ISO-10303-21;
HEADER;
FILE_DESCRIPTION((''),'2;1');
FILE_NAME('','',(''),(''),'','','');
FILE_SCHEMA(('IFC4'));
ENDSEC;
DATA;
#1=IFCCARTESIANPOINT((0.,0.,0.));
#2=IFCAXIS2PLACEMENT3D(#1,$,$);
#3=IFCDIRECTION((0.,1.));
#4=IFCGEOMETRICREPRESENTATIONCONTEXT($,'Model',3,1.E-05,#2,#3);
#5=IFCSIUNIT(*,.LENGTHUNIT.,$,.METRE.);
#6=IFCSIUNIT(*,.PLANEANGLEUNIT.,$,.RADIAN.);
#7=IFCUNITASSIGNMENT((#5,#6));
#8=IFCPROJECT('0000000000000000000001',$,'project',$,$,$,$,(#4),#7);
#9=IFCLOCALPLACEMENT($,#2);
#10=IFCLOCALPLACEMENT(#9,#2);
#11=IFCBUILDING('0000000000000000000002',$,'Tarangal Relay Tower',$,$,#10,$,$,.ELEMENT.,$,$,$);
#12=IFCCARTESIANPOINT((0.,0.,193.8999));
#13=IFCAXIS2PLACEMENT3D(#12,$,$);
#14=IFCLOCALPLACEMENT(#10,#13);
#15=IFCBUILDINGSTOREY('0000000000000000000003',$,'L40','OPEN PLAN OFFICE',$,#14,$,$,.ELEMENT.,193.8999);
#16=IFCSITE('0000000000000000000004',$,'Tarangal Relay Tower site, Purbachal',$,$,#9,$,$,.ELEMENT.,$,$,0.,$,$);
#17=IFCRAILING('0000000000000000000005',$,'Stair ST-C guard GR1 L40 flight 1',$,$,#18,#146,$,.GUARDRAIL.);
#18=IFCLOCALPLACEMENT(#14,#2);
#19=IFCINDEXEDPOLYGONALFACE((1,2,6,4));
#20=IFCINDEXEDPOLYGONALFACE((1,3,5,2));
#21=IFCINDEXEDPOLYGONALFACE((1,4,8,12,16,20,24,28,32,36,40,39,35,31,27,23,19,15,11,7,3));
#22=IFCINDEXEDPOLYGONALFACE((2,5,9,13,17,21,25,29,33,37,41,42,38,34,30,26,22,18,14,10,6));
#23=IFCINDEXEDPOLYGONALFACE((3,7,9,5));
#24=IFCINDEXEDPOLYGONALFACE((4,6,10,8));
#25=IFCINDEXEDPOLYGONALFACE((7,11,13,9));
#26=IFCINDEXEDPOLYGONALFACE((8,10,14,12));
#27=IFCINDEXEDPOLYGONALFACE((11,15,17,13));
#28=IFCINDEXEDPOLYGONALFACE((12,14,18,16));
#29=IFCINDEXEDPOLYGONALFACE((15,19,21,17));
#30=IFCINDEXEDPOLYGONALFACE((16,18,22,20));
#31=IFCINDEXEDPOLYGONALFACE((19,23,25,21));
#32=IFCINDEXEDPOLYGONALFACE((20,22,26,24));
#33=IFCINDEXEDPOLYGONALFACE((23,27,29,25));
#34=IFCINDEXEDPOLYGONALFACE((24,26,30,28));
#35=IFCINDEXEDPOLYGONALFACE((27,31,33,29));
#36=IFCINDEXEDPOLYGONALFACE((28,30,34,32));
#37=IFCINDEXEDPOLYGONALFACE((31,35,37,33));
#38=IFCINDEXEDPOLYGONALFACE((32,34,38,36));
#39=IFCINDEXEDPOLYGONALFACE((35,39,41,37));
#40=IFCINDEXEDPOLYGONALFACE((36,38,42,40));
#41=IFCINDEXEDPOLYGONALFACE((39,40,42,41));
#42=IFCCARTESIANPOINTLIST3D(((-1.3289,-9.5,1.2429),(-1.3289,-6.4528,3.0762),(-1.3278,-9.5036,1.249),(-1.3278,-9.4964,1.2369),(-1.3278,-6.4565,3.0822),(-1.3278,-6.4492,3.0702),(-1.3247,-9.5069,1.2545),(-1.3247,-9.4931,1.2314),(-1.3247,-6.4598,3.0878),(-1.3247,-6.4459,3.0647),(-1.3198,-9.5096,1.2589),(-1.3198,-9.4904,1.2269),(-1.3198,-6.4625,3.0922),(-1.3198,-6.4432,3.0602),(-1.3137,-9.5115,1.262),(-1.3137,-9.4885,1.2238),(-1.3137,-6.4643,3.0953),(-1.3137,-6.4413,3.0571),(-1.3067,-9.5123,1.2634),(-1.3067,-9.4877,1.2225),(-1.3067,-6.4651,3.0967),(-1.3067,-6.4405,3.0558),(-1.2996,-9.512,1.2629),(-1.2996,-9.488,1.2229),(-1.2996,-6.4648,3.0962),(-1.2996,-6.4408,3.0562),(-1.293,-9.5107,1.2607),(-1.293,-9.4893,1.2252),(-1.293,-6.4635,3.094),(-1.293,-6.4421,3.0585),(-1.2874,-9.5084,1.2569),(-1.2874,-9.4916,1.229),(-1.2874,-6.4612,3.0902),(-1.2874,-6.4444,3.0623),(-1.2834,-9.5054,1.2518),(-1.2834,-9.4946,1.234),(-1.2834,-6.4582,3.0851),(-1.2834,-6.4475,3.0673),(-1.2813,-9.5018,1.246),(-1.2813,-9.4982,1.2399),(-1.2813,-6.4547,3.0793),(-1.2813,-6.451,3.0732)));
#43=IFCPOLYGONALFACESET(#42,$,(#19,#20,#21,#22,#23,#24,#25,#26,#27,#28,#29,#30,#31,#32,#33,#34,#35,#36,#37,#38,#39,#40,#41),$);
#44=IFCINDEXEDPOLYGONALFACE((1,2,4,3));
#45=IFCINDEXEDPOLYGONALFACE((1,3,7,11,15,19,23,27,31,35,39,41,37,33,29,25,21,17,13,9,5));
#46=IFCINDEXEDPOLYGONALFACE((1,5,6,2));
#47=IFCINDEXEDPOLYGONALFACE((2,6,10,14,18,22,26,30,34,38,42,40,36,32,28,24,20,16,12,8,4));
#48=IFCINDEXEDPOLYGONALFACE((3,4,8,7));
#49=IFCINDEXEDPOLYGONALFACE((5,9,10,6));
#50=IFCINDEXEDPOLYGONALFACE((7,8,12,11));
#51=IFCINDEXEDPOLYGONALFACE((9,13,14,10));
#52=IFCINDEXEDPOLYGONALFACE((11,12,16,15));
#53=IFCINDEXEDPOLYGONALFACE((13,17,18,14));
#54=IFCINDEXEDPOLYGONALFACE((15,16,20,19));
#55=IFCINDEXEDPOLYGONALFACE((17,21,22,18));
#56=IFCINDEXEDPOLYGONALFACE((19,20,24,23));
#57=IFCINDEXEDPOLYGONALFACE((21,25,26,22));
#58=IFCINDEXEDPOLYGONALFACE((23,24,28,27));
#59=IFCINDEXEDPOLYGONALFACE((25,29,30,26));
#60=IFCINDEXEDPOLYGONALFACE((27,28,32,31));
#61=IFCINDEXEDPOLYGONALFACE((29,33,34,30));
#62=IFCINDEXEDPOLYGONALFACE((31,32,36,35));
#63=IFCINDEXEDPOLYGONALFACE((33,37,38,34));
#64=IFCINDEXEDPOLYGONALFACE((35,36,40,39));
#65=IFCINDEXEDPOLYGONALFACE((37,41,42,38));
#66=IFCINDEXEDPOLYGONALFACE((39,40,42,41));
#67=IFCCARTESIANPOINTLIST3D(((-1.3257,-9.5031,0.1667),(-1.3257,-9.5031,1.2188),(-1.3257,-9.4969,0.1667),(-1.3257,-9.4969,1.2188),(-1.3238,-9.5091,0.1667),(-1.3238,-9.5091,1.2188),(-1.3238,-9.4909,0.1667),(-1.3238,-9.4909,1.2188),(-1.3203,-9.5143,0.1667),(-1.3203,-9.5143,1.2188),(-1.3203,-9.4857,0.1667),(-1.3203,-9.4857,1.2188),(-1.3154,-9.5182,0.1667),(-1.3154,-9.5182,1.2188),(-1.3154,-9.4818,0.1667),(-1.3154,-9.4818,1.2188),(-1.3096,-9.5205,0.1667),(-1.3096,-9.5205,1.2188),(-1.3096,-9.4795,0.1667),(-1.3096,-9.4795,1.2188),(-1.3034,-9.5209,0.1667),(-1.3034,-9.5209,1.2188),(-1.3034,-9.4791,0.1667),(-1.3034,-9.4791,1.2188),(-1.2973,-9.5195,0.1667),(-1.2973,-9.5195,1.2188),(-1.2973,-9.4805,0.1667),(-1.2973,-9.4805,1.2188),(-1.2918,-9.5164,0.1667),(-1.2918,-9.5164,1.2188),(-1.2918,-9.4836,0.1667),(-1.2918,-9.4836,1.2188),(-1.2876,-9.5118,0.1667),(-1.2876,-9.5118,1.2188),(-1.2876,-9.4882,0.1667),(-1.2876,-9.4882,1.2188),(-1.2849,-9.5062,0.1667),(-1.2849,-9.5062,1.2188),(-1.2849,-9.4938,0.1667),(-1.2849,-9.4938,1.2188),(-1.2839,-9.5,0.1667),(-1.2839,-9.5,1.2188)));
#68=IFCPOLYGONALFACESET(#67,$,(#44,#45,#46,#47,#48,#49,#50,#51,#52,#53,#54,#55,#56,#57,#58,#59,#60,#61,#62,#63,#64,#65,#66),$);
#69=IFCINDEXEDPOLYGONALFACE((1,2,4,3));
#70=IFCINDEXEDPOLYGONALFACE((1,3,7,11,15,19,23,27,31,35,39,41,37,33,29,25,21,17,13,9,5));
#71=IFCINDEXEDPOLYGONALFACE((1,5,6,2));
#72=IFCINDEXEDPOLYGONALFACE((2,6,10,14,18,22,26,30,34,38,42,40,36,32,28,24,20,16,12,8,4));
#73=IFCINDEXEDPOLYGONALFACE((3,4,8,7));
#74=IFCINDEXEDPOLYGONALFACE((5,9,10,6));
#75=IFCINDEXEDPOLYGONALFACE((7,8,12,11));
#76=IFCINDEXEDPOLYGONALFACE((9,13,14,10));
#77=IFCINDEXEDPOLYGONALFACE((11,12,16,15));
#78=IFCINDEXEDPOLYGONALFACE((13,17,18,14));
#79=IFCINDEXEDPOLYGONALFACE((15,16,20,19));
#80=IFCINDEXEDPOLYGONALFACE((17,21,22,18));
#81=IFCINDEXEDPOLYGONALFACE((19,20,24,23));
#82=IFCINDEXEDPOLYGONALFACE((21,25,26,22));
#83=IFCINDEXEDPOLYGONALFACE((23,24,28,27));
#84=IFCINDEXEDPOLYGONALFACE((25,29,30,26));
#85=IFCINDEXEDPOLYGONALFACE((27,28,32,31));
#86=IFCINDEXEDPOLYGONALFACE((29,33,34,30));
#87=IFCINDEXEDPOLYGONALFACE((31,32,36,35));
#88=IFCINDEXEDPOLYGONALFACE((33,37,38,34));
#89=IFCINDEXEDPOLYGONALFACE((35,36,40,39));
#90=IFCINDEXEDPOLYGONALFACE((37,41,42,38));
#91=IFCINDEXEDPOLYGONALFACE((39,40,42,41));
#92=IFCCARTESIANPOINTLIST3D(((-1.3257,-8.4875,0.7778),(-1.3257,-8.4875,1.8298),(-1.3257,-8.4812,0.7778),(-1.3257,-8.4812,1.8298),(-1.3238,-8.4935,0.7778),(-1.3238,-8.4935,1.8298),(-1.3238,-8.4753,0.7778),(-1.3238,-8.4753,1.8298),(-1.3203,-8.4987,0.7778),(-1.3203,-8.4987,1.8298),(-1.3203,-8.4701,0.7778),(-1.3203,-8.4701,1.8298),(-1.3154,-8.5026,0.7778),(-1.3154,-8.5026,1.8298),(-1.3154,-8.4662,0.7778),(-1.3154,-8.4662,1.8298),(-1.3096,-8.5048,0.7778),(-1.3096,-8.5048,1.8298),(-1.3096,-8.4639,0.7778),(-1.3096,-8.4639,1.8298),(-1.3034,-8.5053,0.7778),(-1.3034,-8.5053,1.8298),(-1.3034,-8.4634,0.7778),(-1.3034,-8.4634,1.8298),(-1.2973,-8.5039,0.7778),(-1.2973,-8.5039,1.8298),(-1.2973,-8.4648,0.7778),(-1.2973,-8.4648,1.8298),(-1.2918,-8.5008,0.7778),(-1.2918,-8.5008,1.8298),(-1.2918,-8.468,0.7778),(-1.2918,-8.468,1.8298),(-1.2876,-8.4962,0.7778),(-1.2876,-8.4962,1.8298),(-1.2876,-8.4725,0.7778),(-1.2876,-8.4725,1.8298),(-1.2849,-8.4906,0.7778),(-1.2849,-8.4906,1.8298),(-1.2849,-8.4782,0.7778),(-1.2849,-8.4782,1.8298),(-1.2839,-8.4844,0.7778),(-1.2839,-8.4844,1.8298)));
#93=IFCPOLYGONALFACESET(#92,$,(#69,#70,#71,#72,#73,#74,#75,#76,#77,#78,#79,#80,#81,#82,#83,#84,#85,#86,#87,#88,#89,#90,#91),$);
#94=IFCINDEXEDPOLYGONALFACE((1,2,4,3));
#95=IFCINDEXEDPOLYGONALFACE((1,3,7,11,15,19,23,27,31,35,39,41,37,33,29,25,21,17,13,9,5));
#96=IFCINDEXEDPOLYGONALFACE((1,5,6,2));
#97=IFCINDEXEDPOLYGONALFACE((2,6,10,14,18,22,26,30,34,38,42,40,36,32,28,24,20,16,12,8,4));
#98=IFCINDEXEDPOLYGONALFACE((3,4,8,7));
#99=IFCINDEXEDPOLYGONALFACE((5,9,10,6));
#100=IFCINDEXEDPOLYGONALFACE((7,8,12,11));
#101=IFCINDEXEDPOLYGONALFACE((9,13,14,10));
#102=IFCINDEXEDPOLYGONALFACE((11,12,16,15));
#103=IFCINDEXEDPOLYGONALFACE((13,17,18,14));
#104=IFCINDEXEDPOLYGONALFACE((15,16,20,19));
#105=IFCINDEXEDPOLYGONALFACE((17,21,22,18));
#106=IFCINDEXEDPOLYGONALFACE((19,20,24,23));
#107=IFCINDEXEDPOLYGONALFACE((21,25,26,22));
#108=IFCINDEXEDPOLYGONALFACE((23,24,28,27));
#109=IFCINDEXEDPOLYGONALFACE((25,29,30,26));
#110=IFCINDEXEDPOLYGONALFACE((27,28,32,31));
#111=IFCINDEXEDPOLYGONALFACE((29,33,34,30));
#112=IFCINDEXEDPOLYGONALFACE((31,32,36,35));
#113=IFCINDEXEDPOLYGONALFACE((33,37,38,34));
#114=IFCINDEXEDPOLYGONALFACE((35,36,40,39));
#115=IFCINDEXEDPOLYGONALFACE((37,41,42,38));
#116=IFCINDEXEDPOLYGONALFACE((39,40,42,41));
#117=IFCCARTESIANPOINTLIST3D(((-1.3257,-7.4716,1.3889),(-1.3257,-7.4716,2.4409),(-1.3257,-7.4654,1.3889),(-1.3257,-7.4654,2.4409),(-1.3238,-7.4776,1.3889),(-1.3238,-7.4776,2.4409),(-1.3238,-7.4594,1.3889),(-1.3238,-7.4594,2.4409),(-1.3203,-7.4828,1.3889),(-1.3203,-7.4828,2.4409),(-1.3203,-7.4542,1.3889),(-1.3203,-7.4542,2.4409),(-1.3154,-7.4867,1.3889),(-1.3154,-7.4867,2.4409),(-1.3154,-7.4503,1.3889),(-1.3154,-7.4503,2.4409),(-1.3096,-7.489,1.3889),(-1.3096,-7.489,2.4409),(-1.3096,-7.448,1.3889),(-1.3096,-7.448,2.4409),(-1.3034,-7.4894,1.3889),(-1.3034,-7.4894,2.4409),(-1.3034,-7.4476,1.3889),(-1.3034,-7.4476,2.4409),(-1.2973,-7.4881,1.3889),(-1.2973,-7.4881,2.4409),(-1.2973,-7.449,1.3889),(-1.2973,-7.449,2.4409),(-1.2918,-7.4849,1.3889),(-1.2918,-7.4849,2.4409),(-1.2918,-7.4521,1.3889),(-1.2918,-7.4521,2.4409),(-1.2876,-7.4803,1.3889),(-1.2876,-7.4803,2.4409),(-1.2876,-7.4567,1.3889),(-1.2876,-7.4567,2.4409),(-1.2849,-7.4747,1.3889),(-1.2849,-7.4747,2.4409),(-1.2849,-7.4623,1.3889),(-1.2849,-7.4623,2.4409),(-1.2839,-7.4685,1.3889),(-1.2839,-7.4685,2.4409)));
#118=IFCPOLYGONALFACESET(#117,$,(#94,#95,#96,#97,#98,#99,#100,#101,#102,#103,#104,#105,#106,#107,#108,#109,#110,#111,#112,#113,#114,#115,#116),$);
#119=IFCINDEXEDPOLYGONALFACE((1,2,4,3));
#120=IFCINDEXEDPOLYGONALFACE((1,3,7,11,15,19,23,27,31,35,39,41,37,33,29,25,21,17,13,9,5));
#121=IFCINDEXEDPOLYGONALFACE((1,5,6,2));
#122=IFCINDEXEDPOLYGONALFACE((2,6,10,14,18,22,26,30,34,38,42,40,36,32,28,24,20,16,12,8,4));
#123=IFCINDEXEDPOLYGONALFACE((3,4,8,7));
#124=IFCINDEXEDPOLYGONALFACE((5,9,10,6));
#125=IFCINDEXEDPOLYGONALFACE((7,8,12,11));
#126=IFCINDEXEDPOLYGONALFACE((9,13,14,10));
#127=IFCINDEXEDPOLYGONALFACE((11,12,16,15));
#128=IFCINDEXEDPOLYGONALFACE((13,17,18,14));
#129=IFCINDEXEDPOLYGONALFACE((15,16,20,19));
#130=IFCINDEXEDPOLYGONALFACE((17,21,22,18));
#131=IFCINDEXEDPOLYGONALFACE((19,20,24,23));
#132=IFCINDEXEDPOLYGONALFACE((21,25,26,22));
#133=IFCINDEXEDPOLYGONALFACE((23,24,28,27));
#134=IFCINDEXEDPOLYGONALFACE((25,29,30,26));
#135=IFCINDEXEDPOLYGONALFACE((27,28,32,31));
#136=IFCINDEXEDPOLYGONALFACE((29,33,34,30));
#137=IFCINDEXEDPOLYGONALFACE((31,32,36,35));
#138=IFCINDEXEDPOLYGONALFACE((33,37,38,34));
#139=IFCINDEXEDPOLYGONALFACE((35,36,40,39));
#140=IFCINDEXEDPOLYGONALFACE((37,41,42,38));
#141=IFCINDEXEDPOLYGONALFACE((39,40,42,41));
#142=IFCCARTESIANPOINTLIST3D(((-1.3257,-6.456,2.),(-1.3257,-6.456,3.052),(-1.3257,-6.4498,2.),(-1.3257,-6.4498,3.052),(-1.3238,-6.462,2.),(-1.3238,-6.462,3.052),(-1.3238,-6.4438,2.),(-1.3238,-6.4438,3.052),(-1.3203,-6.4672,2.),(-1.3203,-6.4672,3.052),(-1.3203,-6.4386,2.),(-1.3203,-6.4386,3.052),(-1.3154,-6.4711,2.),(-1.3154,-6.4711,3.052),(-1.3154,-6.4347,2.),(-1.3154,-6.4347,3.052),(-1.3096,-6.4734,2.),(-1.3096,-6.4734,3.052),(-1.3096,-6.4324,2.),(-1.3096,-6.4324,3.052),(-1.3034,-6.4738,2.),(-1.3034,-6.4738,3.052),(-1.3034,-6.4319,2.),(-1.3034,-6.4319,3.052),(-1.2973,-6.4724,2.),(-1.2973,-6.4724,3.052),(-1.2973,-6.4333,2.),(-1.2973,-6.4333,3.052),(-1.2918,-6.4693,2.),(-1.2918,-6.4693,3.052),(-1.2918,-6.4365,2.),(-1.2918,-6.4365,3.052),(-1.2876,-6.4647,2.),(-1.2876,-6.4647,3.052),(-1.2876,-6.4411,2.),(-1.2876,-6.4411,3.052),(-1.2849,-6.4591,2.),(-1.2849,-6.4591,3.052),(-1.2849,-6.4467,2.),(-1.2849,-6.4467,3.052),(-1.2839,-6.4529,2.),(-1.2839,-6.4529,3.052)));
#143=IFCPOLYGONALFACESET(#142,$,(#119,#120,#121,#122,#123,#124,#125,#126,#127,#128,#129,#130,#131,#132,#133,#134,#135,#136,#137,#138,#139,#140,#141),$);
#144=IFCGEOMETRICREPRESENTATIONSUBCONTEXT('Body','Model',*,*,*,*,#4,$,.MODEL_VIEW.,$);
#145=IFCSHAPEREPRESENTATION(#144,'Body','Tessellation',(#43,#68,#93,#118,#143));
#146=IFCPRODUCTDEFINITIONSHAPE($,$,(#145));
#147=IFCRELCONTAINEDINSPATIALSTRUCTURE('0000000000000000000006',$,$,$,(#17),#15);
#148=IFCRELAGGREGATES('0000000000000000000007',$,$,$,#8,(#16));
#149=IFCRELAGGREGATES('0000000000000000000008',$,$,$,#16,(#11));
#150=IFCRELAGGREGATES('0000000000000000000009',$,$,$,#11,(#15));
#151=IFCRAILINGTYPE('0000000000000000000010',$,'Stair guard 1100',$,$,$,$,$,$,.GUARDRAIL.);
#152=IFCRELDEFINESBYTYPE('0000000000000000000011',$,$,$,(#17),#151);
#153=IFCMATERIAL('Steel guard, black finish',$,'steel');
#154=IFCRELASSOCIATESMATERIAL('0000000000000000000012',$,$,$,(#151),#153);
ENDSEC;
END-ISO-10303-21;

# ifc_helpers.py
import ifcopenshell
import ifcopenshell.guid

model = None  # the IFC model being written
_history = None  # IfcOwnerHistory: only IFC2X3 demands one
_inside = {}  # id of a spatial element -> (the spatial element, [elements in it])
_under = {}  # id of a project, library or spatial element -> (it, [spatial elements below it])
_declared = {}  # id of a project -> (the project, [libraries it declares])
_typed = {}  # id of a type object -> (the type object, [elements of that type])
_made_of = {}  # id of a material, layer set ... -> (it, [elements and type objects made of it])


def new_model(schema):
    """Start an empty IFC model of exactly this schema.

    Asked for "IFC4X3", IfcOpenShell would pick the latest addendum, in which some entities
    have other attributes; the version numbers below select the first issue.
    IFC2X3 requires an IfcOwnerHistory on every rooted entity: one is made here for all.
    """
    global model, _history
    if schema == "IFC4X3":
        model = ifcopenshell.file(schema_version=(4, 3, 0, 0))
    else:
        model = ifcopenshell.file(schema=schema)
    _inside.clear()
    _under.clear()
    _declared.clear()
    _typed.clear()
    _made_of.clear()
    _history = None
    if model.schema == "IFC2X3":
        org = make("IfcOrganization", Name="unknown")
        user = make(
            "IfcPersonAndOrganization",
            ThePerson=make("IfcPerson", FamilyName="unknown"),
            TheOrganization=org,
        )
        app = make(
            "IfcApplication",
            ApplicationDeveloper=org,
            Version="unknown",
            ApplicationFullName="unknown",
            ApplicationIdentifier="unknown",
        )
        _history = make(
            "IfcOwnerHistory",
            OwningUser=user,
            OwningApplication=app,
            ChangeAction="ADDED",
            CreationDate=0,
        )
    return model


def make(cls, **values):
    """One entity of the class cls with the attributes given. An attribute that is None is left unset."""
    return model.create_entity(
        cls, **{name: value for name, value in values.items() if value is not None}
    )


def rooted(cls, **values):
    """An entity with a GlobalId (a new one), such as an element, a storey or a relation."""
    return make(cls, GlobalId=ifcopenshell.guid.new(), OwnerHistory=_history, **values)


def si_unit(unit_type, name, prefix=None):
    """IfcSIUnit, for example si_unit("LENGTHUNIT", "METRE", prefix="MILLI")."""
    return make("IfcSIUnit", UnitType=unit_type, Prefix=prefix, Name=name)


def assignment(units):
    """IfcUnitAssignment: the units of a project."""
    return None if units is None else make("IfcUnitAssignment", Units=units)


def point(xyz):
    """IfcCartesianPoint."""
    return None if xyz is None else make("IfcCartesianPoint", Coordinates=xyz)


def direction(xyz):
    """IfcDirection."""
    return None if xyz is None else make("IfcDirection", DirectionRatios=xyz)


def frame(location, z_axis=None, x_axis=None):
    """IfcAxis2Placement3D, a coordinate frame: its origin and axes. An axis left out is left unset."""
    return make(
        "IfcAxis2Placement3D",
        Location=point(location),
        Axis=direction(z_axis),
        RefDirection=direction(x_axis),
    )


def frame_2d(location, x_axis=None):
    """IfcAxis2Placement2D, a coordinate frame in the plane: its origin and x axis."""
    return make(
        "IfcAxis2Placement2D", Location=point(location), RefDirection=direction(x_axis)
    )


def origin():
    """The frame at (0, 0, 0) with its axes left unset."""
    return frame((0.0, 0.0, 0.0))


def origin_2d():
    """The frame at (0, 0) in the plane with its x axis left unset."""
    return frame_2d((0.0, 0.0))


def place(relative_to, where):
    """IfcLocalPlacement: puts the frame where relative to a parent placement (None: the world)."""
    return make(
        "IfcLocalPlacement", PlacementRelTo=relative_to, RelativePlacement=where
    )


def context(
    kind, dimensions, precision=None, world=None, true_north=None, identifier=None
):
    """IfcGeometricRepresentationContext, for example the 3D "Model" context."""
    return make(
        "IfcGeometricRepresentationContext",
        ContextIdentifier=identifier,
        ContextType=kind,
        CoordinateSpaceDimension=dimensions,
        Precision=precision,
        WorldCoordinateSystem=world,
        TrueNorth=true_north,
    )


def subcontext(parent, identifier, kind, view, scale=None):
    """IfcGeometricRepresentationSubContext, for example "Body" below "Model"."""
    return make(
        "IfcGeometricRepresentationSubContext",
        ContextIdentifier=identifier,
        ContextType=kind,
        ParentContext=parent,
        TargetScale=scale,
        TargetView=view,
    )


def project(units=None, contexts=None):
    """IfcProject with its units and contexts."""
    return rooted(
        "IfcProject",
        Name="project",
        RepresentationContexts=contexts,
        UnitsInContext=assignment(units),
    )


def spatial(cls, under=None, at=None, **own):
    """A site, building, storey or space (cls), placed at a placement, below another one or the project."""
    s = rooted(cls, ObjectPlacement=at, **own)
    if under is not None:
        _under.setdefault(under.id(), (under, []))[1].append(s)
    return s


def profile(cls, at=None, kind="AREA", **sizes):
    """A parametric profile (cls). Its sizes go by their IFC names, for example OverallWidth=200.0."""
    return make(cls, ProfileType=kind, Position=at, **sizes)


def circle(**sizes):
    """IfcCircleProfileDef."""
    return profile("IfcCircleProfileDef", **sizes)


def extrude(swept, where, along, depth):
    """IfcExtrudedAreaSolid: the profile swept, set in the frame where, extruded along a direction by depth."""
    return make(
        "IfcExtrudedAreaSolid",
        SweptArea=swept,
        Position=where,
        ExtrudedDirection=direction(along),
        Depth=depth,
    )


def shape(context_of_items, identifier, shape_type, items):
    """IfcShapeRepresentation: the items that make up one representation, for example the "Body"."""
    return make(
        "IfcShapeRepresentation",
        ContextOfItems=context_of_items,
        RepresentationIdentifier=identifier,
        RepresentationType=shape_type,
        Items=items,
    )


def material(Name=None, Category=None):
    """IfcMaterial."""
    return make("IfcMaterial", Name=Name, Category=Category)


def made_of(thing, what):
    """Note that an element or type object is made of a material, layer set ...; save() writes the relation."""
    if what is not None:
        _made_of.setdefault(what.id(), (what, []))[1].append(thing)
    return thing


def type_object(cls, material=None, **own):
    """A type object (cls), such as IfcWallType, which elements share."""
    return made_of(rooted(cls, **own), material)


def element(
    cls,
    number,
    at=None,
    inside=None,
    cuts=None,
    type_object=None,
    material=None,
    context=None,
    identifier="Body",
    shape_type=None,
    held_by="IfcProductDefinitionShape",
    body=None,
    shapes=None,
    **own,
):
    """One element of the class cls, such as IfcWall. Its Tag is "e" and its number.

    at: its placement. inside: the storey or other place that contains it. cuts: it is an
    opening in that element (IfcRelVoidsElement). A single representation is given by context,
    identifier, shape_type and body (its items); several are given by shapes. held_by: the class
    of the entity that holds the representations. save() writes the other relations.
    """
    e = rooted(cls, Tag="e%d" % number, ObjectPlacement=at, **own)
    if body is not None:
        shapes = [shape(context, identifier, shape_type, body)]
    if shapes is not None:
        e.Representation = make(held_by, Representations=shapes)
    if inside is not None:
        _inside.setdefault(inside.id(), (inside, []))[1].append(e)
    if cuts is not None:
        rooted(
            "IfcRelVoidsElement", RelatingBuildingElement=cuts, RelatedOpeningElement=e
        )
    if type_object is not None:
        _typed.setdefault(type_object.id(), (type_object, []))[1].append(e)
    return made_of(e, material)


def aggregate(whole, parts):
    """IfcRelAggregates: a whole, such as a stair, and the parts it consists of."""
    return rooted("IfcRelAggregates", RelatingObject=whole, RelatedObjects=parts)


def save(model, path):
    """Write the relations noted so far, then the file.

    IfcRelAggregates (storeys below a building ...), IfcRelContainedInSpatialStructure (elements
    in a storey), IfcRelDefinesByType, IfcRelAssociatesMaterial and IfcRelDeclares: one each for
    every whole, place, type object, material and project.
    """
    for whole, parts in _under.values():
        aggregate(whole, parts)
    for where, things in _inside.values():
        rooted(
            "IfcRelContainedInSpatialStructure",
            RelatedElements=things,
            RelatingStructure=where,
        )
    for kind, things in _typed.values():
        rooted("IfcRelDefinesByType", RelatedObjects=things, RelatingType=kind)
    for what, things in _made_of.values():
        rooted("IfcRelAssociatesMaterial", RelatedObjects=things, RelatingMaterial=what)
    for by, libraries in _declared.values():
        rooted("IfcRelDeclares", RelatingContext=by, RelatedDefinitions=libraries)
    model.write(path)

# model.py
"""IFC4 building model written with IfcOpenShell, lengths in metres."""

from ifc_helpers import new_model, si_unit, direction, frame, origin, origin_2d, place, context, subcontext, project, spatial, circle, extrude, material, type_object, element, save


model = new_model("IFC4")

# Units and contexts
model_context = context("Model", 3, precision=1e-05, world=origin(), true_north=direction((0.0, 1.0)))
body_context = subcontext(model_context, "Body", "Model", "MODEL_VIEW")
ifc_project = project(units=[si_unit("LENGTHUNIT", "METRE"), si_unit("PLANEANGLEUNIT", "RADIAN")], contexts=[model_context])

# Site, building, storey
site_placement = place(None, origin())
site = spatial("IfcSite", under=ifc_project, at=site_placement, Name="Tarangal Relay Tower site, Purbachal", CompositionType="ELEMENT", RefElevation=0.0)
building_placement = place(site_placement, origin())
building = spatial("IfcBuilding", under=site, at=building_placement, Name="Tarangal Relay Tower", CompositionType="ELEMENT")
storey_placement = place(building_placement, frame((0.0, 0.0, 193.8999)))
storey = spatial("IfcBuildingStorey", under=building, at=storey_placement, Name="L40", Description="OPEN PLAN OFFICE", CompositionType="ELEMENT", Elevation=193.8999)

# Railing
ifc_material_1 = material(Name="Steel guard, black finish", Category="steel")
railing_type = type_object("IfcRailingType", Name="Stair guard 1100", PredefinedType="GUARDRAIL", material=ifc_material_1)
railing_1_placement = place(storey_placement, frame((-1.3049, -9.5, 0.1667)))
element("IfcRailing", 1, at=railing_1_placement, inside=storey, type_object=railing_type, Name="Stair ST-C guard GR1 L40 flight 1", PredefinedType="GUARDRAIL", context=body_context, shape_type="SweptSolid", body=[
    extrude(circle(Radius=0.0239, at=origin_2d()), frame((0.0, 0.0, 1.0762), z_axis=(0.0, 0.856874, 0.515525), x_axis=(-1.0, 0.0, 0.0)), (0.0, 0.0, 1.0), 3.5562),
    extrude(circle(Radius=0.021, at=origin_2d()), origin(), (0.0, 0.0, 1.0), 1.052),
    extrude(circle(Radius=0.021, at=origin_2d()), frame((0.0, 1.0156, 0.6111)), (0.0, 0.0, 1.0), 1.052),
    extrude(circle(Radius=0.021, at=origin_2d()), frame((0.0, 2.0315, 1.2222)), (0.0, 0.0, 1.0), 1.052),
    extrude(circle(Radius=0.021, at=origin_2d()), frame((0.0, 3.0471, 1.8333)), (0.0, 0.0, 1.0), 1.052),
])

save(model, "model.ifc")
